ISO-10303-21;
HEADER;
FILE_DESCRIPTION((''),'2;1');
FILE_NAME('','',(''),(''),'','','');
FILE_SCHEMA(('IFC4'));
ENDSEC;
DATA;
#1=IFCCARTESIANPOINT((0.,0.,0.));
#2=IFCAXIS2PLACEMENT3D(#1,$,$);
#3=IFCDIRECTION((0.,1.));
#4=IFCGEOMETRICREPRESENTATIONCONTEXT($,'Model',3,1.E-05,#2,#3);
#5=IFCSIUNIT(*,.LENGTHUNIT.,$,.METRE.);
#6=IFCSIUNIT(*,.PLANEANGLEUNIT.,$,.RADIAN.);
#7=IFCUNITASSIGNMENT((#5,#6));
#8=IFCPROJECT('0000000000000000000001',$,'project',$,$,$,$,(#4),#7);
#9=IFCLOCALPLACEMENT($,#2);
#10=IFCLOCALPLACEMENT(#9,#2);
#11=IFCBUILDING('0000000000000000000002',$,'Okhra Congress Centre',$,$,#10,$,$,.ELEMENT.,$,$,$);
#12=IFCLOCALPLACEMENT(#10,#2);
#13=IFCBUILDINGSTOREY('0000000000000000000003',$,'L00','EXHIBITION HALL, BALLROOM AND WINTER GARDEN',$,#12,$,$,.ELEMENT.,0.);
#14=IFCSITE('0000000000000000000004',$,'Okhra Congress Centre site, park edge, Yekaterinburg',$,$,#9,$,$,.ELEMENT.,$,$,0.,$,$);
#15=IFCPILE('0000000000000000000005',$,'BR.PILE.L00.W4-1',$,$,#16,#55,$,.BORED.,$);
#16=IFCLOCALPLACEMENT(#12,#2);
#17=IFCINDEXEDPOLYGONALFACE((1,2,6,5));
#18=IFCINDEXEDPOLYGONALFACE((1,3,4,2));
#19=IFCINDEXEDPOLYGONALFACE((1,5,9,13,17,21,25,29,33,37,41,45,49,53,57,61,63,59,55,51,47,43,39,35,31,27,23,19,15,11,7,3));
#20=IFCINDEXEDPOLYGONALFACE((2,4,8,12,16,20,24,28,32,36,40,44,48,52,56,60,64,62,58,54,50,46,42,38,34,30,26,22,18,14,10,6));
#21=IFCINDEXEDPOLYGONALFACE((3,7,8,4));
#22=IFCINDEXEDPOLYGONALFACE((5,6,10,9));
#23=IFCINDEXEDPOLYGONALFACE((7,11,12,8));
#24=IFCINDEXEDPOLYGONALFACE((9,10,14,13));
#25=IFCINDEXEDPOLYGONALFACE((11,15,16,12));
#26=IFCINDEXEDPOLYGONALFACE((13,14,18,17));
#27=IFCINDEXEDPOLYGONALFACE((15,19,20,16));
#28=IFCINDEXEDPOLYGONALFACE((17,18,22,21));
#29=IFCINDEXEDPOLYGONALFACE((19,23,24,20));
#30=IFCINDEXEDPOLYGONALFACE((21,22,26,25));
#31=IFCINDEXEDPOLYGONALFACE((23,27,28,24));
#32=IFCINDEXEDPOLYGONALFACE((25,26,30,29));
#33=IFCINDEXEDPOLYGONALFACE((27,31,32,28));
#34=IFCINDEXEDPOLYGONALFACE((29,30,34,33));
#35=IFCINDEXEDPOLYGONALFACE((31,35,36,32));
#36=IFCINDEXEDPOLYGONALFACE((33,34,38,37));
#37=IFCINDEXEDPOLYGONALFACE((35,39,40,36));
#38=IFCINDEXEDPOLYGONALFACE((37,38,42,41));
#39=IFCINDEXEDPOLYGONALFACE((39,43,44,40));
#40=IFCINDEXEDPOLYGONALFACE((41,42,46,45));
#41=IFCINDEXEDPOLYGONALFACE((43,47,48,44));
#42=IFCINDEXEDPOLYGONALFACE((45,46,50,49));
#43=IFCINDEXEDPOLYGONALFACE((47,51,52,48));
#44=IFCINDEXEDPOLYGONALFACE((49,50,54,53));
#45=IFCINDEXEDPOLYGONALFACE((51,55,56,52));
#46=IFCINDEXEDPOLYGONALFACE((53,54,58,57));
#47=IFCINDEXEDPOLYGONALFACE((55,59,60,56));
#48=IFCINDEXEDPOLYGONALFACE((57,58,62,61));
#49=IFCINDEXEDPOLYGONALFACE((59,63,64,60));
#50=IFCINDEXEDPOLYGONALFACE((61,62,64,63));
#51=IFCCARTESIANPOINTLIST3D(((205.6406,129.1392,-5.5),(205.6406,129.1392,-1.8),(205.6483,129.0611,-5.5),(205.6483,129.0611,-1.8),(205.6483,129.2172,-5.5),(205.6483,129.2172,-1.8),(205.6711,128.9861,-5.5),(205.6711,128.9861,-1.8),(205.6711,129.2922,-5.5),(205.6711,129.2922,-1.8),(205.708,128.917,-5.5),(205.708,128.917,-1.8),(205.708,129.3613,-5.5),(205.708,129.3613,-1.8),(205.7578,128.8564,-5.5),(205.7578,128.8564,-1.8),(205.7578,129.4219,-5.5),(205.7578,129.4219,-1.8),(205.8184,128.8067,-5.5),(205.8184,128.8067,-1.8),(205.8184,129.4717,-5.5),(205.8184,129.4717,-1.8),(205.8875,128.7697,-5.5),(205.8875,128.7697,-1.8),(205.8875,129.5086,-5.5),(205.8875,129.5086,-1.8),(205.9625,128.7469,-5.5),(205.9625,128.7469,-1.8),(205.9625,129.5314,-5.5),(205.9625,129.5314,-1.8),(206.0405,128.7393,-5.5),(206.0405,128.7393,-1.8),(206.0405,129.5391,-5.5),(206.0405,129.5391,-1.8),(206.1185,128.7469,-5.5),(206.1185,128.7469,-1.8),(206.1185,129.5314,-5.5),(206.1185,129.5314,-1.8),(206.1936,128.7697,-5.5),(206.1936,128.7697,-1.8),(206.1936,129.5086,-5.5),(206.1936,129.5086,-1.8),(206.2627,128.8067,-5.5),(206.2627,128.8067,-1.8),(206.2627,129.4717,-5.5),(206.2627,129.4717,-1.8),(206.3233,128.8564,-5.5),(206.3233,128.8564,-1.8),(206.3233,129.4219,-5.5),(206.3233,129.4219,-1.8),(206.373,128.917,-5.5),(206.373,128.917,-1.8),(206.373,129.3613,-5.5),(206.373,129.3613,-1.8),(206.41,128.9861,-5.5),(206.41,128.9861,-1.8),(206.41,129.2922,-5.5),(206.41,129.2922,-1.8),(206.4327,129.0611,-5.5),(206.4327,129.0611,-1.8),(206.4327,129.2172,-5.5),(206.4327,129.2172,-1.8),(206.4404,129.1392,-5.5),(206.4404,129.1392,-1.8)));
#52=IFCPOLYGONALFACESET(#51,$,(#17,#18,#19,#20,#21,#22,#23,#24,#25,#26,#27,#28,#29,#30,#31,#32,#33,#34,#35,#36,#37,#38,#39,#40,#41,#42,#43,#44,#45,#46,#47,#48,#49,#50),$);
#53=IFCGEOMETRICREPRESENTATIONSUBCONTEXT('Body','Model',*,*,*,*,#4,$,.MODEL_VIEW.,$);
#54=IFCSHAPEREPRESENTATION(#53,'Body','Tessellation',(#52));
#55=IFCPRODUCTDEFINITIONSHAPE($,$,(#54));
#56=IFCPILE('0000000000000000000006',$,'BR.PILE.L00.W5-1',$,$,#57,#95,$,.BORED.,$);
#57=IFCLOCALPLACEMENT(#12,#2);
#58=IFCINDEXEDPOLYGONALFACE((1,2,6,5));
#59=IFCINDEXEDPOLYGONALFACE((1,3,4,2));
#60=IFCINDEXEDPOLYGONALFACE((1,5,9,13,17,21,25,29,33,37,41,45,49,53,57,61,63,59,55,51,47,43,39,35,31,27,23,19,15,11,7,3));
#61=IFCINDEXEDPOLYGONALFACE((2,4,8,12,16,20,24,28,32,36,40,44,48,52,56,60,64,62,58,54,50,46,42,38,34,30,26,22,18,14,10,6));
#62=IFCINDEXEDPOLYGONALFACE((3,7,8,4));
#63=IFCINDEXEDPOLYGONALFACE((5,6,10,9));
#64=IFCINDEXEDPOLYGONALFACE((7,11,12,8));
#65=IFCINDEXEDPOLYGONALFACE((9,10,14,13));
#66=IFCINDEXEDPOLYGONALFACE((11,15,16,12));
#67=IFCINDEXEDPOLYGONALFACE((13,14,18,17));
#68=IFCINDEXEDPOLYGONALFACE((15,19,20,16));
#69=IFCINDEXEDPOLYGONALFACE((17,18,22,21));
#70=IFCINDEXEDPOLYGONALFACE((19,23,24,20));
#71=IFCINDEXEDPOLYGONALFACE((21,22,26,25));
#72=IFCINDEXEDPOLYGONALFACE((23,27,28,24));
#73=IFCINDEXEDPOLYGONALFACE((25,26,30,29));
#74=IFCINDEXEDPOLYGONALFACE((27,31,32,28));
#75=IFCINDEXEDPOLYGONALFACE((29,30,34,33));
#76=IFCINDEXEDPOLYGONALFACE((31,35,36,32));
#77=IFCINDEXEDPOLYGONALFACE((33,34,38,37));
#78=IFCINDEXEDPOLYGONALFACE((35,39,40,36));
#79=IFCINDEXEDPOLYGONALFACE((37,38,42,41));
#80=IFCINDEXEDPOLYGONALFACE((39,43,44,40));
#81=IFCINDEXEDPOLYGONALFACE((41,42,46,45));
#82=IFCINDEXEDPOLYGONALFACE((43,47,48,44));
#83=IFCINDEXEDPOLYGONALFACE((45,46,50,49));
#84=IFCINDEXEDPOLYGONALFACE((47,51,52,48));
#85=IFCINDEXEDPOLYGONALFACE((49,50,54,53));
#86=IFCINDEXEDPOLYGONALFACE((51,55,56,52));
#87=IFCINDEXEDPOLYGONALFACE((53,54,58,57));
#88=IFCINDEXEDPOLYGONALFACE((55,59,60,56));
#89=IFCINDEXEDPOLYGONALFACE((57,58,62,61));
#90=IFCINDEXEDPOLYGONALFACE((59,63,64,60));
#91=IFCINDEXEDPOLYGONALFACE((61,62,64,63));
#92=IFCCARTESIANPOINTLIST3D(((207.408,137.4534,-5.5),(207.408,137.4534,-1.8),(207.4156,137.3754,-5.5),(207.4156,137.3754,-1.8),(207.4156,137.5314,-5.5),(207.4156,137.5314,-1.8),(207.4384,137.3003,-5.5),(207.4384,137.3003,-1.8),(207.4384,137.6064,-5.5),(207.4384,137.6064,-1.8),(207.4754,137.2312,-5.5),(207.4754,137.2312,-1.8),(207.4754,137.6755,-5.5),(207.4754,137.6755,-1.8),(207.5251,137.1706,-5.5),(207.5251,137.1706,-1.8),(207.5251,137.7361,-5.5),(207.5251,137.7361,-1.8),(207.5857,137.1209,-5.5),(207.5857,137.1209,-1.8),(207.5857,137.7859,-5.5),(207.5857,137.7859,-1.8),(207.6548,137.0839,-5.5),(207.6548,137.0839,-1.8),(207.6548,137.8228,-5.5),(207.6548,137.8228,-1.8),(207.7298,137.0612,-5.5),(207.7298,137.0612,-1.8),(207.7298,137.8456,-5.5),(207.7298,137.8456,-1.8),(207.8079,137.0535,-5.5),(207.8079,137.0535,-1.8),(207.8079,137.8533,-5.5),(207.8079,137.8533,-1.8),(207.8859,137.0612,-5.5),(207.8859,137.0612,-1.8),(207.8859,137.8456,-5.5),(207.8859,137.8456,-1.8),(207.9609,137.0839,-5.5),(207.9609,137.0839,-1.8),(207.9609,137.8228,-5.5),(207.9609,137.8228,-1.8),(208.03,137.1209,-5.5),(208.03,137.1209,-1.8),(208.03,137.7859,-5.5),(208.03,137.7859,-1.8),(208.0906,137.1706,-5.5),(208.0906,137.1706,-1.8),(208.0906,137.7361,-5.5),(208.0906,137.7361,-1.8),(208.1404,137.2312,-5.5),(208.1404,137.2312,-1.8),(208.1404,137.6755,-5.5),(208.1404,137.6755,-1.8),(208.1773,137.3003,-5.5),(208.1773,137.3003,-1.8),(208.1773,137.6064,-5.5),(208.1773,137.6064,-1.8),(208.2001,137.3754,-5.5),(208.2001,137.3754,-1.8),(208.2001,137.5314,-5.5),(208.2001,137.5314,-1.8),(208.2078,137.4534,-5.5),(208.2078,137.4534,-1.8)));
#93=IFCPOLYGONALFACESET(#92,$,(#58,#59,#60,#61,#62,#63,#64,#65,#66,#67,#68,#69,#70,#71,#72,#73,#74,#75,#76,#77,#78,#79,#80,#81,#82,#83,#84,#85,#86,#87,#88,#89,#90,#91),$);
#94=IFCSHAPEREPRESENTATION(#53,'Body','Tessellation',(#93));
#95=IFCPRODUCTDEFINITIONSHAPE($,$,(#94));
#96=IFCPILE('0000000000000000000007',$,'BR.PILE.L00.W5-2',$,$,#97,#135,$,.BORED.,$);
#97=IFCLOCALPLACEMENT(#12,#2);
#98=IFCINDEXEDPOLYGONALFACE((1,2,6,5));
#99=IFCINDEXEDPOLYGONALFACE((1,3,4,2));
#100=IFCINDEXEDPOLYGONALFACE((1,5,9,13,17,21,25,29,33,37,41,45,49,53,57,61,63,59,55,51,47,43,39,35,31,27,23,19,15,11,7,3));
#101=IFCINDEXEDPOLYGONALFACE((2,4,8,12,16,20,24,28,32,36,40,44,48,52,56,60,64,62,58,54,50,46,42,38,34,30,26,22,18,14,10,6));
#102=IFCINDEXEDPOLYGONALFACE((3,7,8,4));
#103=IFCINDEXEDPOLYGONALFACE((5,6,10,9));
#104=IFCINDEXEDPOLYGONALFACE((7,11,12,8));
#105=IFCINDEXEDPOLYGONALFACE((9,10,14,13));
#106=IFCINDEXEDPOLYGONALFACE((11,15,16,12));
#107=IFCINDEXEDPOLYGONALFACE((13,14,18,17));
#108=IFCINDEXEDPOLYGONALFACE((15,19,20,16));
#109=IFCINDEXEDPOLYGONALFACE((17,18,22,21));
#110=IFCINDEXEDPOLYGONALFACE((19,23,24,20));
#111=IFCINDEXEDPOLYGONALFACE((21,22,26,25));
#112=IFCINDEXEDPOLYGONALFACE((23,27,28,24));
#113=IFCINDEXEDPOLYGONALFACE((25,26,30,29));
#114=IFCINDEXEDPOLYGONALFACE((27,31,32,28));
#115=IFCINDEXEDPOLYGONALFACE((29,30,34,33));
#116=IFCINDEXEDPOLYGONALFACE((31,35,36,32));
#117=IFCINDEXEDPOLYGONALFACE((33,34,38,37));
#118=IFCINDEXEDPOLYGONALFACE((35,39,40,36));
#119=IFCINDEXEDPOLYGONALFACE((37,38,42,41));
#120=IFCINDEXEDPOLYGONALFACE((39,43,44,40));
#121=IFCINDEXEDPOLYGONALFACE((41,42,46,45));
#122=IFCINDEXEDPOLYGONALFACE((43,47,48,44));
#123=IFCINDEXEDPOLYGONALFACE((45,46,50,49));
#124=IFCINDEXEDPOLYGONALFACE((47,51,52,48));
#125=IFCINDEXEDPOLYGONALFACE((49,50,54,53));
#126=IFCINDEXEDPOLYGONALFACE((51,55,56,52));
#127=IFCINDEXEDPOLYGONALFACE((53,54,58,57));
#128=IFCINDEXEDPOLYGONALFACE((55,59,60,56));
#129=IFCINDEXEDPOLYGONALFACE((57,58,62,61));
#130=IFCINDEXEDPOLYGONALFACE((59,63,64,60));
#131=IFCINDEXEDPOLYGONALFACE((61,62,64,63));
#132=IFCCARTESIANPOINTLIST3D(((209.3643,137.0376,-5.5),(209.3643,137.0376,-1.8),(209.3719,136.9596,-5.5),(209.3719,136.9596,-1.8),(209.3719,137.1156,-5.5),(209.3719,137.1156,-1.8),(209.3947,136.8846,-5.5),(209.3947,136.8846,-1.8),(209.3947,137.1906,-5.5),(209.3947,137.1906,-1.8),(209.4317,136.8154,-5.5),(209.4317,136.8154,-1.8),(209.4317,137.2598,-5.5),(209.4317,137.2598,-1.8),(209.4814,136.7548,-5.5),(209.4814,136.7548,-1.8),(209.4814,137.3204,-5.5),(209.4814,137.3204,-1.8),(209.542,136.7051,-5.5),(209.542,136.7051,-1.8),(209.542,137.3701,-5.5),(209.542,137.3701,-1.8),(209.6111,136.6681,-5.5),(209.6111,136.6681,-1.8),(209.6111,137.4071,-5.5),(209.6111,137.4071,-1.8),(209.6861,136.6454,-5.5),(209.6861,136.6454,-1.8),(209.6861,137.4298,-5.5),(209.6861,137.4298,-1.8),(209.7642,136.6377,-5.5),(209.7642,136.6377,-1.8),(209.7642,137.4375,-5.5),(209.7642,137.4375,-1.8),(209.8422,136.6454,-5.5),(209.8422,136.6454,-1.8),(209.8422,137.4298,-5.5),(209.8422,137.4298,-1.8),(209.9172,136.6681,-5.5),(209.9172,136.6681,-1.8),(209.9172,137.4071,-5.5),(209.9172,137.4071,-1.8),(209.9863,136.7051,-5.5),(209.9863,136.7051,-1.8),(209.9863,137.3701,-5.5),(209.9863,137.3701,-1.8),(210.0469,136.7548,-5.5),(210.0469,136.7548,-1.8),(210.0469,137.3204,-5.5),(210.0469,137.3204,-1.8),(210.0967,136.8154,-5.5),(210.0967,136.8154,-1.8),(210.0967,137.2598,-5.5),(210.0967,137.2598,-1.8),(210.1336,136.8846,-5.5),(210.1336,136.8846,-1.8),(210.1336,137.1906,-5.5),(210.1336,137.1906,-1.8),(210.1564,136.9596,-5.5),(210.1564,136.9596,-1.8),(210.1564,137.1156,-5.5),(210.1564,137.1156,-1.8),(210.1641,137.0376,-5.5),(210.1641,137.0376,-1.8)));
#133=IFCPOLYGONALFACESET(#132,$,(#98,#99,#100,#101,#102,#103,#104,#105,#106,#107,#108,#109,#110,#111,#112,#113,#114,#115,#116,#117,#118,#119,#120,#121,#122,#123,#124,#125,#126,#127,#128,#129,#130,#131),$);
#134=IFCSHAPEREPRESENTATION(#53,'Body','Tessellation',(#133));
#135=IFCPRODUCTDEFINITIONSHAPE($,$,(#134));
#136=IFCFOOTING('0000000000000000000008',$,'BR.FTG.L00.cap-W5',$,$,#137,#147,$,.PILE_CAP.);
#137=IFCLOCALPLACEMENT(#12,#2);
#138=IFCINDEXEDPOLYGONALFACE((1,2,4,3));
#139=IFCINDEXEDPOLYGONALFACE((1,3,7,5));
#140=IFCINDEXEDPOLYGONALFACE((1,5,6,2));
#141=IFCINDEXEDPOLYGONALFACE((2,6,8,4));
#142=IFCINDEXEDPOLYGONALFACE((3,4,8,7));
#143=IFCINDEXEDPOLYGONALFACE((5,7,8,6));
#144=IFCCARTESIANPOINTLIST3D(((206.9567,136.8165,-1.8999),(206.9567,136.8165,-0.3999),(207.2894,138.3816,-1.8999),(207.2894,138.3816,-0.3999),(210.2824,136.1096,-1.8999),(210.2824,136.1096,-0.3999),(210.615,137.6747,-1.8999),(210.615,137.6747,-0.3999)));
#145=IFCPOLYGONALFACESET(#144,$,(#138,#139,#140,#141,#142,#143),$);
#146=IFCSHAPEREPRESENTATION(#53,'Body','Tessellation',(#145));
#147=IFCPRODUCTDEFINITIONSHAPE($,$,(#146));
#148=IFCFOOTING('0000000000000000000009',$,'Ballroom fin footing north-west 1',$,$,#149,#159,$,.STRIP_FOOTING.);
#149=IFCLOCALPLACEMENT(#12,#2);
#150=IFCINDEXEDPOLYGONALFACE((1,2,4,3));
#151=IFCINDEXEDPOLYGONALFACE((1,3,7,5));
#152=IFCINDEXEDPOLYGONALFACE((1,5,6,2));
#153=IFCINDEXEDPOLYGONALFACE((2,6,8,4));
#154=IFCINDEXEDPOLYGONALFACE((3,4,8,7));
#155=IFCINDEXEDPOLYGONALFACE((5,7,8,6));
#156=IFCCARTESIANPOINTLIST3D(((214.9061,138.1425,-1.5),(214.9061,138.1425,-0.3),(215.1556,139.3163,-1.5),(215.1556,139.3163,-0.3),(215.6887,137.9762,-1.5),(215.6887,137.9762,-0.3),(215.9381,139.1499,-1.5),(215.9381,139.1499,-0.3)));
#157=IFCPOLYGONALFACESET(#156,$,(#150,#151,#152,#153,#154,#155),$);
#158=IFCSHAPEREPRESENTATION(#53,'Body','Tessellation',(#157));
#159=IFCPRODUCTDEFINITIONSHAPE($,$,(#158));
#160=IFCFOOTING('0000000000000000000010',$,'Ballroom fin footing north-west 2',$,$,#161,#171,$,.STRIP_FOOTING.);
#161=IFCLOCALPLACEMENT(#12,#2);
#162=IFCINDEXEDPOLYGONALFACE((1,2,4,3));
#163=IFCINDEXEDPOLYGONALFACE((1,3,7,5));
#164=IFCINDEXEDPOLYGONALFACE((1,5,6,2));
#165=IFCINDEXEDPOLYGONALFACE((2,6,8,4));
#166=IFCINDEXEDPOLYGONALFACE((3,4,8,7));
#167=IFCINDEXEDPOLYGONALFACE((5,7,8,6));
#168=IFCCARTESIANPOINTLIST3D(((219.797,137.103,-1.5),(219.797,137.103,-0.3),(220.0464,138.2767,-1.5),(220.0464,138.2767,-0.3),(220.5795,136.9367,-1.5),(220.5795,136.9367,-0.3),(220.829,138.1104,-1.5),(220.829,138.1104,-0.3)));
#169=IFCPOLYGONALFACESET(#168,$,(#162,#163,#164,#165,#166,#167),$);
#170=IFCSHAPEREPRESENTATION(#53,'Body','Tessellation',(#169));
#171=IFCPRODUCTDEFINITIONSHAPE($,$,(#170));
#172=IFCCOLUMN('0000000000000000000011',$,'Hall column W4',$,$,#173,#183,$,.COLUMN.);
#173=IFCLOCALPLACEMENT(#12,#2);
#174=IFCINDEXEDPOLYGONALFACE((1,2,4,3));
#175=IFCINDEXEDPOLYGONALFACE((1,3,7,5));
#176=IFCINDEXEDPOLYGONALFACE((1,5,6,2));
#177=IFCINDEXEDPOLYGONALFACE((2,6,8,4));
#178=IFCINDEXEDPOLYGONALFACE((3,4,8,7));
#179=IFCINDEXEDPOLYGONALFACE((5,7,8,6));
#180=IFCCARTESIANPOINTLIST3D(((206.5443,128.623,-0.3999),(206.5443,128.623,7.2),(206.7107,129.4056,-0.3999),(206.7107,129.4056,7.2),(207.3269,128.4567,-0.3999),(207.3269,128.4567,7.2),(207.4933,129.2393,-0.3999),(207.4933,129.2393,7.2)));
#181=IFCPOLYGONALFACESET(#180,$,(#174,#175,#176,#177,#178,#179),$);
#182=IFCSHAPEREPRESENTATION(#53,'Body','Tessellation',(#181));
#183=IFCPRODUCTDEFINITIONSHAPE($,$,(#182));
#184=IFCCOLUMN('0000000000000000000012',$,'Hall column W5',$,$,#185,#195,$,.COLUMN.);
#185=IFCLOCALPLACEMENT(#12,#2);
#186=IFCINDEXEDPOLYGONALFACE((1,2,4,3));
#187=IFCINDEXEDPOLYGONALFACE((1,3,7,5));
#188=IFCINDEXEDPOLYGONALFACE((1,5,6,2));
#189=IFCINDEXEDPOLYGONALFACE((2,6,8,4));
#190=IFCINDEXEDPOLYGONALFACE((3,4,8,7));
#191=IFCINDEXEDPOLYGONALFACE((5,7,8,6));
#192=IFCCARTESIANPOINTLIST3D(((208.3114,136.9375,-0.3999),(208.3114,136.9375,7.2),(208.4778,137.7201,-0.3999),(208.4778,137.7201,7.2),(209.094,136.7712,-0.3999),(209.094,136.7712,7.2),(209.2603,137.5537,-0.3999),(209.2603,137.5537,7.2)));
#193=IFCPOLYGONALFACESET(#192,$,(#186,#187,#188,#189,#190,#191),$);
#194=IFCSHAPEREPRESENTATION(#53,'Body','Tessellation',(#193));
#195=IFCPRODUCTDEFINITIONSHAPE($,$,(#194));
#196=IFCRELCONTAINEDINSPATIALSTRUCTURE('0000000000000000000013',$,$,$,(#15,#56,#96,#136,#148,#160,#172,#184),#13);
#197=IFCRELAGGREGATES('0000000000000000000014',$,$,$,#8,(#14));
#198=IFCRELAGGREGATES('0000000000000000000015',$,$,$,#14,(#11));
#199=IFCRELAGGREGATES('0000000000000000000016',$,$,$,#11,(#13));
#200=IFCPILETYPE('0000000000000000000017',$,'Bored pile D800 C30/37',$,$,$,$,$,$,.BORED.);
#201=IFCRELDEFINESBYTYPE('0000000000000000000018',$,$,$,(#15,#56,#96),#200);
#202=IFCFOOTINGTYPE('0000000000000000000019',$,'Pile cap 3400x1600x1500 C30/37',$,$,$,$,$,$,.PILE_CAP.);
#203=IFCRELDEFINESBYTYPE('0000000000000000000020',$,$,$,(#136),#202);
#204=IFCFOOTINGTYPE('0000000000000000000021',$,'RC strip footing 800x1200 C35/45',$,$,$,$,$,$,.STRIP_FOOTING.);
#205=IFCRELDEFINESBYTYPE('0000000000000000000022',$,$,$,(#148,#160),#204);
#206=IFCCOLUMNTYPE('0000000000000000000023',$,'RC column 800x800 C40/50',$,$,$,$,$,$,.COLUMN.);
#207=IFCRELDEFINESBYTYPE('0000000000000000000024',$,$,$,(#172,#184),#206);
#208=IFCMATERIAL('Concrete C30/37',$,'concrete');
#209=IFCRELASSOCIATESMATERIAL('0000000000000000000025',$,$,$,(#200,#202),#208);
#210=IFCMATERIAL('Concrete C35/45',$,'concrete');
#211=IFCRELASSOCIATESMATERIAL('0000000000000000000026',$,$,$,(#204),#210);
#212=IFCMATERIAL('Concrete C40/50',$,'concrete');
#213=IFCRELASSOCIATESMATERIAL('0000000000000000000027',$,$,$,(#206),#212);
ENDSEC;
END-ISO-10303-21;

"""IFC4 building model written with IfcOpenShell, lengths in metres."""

from ifc_helpers import new_model, si_unit, direction, frame, origin, origin_2d, place, context, subcontext, project, spatial, rectangle, circle, extrude, material, material_profile, profile_set, type_object, element, save


model = new_model("IFC4")

# Units and contexts
model_context = context("Model", 3, precision=1e-05, world=origin(), true_north=direction((0.0, 1.0)))
body_context = subcontext(model_context, "Body", "Model", "MODEL_VIEW")
ifc_project = project(units=[si_unit("LENGTHUNIT", "METRE"), si_unit("PLANEANGLEUNIT", "RADIAN")], contexts=[model_context])

# Site, building, storey
site_placement = place(None, origin())
site = spatial("IfcSite", under=ifc_project, at=site_placement, Name="Okhra Congress Centre site, park edge, Yekaterinburg", CompositionType="ELEMENT", RefElevation=0.0)
building_placement = place(site_placement, origin())
building = spatial("IfcBuilding", under=site, at=building_placement, Name="Okhra Congress Centre", CompositionType="ELEMENT")
storey_placement = place(building_placement, origin())
storey = spatial("IfcBuildingStorey", under=building, at=storey_placement, Name="L00", Description="EXHIBITION HALL, BALLROOM AND WINTER GARDEN", CompositionType="ELEMENT", Elevation=0.0)

# Piles
ifc_material_1 = material(Name="Concrete C30/37", Category="concrete")
ifc_material_profile_1 = material_profile(ifc_material_1, circle(Radius=0.3999, at=origin_2d()), Name="D800")
ifc_profile_set_1 = profile_set([ifc_material_profile_1], Name="Concrete C30/37")
pile_type = type_object("IfcPileType", Name="Bored pile D800 C30/37", PredefinedType="BORED", material=ifc_profile_set_1)
for number, where, z_axis, x_axis, name in (
    (1, (206.0405, 129.1392, -1.8), (0.0, 0.0, -1.0), (1.0, 0.0, 0.0), "BR.PILE.L00.W4-1"),
    (2, (207.8079, 137.4534, -1.8), (0.0, 0.0, -1.0), (1.0, 0.0, 0.0), "BR.PILE.L00.W5-1"),
    (3, (209.7642, 137.0376, -1.8), (0.0, 0.0, -1.0), (1.0, 0.0, 0.0), "BR.PILE.L00.W5-2"),
):
    element("IfcPile", number, at=place(storey_placement, frame(where, z_axis=z_axis, x_axis=x_axis)), inside=storey, type_object=pile_type, Name=name, PredefinedType="BORED", context=body_context, shape_type="SweptSolid", body=[
        extrude(circle(Radius=0.3999, at=origin_2d()), origin(), (0.0, 0.0, 1.0), 3.7),
    ])

# Footings
footing_type_1 = type_object("IfcFootingType", Name="Pile cap 3400x1600x1500 C30/37", PredefinedType="PILE_CAP", material=ifc_material_1)
footing_placement = place(storey_placement, frame((208.7859, 137.2456, -1.8999), z_axis=(0.0, 0.0, 1.0), x_axis=(0.978148, -0.207912, 0.0)))
element("IfcFooting", 4, at=footing_placement, inside=storey, type_object=footing_type_1, Name="BR.FTG.L00.cap-W5", PredefinedType="PILE_CAP", context=body_context, shape_type="SweptSolid", body=[
    extrude(rectangle(XDim=3.3999, YDim=1.6001, at=origin_2d()), origin(), (0.0, 0.0, 1.0), 1.5),
])
ifc_material_2 = material(Name="Concrete C35/45", Category="concrete")
footing_type_2 = type_object("IfcFootingType", Name="RC strip footing 800x1200 C35/45", PredefinedType="STRIP_FOOTING", material=ifc_material_2)
for number, where, z_axis, x_axis, name in (
    (5, (215.4221, 138.6462, -1.5), (0.0, 0.0, 1.0), (0.978148, -0.207912, 0.0), "Ballroom fin footing north-west 1"),
    (6, (220.313, 137.6067, -1.5), (0.0, 0.0, 1.0), (0.978148, -0.207912, 0.0), "Ballroom fin footing north-west 2"),
):
    element("IfcFooting", number, at=place(storey_placement, frame(where, z_axis=z_axis, x_axis=x_axis)), inside=storey, type_object=footing_type_2, Name=name, PredefinedType="STRIP_FOOTING", context=body_context, shape_type="SweptSolid", body=[
        extrude(rectangle(XDim=0.8, YDim=1.2, at=origin_2d()), origin(), (0.0, 0.0, 1.0), 1.2),
    ])

# Columns
ifc_material_3 = material(Name="Concrete C40/50", Category="concrete")
ifc_material_profile_2 = material_profile(ifc_material_3, rectangle(XDim=0.8, YDim=0.8, at=origin_2d()), Name="RC 800x800")
ifc_profile_set_2 = profile_set([ifc_material_profile_2], Name="Concrete C40/50")
column_type = type_object("IfcColumnType", Name="RC column 800x800 C40/50", PredefinedType="COLUMN", material=ifc_profile_set_2)
for number, where, z_axis, x_axis, name in (
    (7, (207.0188, 128.9312, -0.3999), (0.0, 0.0, 1.0), (0.978148, -0.207912, 0.0), "Hall column W4"),
    (8, (208.7859, 137.2456, -0.3999), (0.0, 0.0, 1.0), (0.978148, -0.207912, 0.0), "Hall column W5"),
):
    element("IfcColumn", number, at=place(storey_placement, frame(where, z_axis=z_axis, x_axis=x_axis)), inside=storey, type_object=column_type, Name=name, PredefinedType="COLUMN", context=body_context, shape_type="SweptSolid", body=[
        extrude(rectangle(XDim=0.8, YDim=0.8, at=origin_2d()), origin(), (0.0, 0.0, 1.0), 7.5999),
    ])

save(model, "model.ifc")
